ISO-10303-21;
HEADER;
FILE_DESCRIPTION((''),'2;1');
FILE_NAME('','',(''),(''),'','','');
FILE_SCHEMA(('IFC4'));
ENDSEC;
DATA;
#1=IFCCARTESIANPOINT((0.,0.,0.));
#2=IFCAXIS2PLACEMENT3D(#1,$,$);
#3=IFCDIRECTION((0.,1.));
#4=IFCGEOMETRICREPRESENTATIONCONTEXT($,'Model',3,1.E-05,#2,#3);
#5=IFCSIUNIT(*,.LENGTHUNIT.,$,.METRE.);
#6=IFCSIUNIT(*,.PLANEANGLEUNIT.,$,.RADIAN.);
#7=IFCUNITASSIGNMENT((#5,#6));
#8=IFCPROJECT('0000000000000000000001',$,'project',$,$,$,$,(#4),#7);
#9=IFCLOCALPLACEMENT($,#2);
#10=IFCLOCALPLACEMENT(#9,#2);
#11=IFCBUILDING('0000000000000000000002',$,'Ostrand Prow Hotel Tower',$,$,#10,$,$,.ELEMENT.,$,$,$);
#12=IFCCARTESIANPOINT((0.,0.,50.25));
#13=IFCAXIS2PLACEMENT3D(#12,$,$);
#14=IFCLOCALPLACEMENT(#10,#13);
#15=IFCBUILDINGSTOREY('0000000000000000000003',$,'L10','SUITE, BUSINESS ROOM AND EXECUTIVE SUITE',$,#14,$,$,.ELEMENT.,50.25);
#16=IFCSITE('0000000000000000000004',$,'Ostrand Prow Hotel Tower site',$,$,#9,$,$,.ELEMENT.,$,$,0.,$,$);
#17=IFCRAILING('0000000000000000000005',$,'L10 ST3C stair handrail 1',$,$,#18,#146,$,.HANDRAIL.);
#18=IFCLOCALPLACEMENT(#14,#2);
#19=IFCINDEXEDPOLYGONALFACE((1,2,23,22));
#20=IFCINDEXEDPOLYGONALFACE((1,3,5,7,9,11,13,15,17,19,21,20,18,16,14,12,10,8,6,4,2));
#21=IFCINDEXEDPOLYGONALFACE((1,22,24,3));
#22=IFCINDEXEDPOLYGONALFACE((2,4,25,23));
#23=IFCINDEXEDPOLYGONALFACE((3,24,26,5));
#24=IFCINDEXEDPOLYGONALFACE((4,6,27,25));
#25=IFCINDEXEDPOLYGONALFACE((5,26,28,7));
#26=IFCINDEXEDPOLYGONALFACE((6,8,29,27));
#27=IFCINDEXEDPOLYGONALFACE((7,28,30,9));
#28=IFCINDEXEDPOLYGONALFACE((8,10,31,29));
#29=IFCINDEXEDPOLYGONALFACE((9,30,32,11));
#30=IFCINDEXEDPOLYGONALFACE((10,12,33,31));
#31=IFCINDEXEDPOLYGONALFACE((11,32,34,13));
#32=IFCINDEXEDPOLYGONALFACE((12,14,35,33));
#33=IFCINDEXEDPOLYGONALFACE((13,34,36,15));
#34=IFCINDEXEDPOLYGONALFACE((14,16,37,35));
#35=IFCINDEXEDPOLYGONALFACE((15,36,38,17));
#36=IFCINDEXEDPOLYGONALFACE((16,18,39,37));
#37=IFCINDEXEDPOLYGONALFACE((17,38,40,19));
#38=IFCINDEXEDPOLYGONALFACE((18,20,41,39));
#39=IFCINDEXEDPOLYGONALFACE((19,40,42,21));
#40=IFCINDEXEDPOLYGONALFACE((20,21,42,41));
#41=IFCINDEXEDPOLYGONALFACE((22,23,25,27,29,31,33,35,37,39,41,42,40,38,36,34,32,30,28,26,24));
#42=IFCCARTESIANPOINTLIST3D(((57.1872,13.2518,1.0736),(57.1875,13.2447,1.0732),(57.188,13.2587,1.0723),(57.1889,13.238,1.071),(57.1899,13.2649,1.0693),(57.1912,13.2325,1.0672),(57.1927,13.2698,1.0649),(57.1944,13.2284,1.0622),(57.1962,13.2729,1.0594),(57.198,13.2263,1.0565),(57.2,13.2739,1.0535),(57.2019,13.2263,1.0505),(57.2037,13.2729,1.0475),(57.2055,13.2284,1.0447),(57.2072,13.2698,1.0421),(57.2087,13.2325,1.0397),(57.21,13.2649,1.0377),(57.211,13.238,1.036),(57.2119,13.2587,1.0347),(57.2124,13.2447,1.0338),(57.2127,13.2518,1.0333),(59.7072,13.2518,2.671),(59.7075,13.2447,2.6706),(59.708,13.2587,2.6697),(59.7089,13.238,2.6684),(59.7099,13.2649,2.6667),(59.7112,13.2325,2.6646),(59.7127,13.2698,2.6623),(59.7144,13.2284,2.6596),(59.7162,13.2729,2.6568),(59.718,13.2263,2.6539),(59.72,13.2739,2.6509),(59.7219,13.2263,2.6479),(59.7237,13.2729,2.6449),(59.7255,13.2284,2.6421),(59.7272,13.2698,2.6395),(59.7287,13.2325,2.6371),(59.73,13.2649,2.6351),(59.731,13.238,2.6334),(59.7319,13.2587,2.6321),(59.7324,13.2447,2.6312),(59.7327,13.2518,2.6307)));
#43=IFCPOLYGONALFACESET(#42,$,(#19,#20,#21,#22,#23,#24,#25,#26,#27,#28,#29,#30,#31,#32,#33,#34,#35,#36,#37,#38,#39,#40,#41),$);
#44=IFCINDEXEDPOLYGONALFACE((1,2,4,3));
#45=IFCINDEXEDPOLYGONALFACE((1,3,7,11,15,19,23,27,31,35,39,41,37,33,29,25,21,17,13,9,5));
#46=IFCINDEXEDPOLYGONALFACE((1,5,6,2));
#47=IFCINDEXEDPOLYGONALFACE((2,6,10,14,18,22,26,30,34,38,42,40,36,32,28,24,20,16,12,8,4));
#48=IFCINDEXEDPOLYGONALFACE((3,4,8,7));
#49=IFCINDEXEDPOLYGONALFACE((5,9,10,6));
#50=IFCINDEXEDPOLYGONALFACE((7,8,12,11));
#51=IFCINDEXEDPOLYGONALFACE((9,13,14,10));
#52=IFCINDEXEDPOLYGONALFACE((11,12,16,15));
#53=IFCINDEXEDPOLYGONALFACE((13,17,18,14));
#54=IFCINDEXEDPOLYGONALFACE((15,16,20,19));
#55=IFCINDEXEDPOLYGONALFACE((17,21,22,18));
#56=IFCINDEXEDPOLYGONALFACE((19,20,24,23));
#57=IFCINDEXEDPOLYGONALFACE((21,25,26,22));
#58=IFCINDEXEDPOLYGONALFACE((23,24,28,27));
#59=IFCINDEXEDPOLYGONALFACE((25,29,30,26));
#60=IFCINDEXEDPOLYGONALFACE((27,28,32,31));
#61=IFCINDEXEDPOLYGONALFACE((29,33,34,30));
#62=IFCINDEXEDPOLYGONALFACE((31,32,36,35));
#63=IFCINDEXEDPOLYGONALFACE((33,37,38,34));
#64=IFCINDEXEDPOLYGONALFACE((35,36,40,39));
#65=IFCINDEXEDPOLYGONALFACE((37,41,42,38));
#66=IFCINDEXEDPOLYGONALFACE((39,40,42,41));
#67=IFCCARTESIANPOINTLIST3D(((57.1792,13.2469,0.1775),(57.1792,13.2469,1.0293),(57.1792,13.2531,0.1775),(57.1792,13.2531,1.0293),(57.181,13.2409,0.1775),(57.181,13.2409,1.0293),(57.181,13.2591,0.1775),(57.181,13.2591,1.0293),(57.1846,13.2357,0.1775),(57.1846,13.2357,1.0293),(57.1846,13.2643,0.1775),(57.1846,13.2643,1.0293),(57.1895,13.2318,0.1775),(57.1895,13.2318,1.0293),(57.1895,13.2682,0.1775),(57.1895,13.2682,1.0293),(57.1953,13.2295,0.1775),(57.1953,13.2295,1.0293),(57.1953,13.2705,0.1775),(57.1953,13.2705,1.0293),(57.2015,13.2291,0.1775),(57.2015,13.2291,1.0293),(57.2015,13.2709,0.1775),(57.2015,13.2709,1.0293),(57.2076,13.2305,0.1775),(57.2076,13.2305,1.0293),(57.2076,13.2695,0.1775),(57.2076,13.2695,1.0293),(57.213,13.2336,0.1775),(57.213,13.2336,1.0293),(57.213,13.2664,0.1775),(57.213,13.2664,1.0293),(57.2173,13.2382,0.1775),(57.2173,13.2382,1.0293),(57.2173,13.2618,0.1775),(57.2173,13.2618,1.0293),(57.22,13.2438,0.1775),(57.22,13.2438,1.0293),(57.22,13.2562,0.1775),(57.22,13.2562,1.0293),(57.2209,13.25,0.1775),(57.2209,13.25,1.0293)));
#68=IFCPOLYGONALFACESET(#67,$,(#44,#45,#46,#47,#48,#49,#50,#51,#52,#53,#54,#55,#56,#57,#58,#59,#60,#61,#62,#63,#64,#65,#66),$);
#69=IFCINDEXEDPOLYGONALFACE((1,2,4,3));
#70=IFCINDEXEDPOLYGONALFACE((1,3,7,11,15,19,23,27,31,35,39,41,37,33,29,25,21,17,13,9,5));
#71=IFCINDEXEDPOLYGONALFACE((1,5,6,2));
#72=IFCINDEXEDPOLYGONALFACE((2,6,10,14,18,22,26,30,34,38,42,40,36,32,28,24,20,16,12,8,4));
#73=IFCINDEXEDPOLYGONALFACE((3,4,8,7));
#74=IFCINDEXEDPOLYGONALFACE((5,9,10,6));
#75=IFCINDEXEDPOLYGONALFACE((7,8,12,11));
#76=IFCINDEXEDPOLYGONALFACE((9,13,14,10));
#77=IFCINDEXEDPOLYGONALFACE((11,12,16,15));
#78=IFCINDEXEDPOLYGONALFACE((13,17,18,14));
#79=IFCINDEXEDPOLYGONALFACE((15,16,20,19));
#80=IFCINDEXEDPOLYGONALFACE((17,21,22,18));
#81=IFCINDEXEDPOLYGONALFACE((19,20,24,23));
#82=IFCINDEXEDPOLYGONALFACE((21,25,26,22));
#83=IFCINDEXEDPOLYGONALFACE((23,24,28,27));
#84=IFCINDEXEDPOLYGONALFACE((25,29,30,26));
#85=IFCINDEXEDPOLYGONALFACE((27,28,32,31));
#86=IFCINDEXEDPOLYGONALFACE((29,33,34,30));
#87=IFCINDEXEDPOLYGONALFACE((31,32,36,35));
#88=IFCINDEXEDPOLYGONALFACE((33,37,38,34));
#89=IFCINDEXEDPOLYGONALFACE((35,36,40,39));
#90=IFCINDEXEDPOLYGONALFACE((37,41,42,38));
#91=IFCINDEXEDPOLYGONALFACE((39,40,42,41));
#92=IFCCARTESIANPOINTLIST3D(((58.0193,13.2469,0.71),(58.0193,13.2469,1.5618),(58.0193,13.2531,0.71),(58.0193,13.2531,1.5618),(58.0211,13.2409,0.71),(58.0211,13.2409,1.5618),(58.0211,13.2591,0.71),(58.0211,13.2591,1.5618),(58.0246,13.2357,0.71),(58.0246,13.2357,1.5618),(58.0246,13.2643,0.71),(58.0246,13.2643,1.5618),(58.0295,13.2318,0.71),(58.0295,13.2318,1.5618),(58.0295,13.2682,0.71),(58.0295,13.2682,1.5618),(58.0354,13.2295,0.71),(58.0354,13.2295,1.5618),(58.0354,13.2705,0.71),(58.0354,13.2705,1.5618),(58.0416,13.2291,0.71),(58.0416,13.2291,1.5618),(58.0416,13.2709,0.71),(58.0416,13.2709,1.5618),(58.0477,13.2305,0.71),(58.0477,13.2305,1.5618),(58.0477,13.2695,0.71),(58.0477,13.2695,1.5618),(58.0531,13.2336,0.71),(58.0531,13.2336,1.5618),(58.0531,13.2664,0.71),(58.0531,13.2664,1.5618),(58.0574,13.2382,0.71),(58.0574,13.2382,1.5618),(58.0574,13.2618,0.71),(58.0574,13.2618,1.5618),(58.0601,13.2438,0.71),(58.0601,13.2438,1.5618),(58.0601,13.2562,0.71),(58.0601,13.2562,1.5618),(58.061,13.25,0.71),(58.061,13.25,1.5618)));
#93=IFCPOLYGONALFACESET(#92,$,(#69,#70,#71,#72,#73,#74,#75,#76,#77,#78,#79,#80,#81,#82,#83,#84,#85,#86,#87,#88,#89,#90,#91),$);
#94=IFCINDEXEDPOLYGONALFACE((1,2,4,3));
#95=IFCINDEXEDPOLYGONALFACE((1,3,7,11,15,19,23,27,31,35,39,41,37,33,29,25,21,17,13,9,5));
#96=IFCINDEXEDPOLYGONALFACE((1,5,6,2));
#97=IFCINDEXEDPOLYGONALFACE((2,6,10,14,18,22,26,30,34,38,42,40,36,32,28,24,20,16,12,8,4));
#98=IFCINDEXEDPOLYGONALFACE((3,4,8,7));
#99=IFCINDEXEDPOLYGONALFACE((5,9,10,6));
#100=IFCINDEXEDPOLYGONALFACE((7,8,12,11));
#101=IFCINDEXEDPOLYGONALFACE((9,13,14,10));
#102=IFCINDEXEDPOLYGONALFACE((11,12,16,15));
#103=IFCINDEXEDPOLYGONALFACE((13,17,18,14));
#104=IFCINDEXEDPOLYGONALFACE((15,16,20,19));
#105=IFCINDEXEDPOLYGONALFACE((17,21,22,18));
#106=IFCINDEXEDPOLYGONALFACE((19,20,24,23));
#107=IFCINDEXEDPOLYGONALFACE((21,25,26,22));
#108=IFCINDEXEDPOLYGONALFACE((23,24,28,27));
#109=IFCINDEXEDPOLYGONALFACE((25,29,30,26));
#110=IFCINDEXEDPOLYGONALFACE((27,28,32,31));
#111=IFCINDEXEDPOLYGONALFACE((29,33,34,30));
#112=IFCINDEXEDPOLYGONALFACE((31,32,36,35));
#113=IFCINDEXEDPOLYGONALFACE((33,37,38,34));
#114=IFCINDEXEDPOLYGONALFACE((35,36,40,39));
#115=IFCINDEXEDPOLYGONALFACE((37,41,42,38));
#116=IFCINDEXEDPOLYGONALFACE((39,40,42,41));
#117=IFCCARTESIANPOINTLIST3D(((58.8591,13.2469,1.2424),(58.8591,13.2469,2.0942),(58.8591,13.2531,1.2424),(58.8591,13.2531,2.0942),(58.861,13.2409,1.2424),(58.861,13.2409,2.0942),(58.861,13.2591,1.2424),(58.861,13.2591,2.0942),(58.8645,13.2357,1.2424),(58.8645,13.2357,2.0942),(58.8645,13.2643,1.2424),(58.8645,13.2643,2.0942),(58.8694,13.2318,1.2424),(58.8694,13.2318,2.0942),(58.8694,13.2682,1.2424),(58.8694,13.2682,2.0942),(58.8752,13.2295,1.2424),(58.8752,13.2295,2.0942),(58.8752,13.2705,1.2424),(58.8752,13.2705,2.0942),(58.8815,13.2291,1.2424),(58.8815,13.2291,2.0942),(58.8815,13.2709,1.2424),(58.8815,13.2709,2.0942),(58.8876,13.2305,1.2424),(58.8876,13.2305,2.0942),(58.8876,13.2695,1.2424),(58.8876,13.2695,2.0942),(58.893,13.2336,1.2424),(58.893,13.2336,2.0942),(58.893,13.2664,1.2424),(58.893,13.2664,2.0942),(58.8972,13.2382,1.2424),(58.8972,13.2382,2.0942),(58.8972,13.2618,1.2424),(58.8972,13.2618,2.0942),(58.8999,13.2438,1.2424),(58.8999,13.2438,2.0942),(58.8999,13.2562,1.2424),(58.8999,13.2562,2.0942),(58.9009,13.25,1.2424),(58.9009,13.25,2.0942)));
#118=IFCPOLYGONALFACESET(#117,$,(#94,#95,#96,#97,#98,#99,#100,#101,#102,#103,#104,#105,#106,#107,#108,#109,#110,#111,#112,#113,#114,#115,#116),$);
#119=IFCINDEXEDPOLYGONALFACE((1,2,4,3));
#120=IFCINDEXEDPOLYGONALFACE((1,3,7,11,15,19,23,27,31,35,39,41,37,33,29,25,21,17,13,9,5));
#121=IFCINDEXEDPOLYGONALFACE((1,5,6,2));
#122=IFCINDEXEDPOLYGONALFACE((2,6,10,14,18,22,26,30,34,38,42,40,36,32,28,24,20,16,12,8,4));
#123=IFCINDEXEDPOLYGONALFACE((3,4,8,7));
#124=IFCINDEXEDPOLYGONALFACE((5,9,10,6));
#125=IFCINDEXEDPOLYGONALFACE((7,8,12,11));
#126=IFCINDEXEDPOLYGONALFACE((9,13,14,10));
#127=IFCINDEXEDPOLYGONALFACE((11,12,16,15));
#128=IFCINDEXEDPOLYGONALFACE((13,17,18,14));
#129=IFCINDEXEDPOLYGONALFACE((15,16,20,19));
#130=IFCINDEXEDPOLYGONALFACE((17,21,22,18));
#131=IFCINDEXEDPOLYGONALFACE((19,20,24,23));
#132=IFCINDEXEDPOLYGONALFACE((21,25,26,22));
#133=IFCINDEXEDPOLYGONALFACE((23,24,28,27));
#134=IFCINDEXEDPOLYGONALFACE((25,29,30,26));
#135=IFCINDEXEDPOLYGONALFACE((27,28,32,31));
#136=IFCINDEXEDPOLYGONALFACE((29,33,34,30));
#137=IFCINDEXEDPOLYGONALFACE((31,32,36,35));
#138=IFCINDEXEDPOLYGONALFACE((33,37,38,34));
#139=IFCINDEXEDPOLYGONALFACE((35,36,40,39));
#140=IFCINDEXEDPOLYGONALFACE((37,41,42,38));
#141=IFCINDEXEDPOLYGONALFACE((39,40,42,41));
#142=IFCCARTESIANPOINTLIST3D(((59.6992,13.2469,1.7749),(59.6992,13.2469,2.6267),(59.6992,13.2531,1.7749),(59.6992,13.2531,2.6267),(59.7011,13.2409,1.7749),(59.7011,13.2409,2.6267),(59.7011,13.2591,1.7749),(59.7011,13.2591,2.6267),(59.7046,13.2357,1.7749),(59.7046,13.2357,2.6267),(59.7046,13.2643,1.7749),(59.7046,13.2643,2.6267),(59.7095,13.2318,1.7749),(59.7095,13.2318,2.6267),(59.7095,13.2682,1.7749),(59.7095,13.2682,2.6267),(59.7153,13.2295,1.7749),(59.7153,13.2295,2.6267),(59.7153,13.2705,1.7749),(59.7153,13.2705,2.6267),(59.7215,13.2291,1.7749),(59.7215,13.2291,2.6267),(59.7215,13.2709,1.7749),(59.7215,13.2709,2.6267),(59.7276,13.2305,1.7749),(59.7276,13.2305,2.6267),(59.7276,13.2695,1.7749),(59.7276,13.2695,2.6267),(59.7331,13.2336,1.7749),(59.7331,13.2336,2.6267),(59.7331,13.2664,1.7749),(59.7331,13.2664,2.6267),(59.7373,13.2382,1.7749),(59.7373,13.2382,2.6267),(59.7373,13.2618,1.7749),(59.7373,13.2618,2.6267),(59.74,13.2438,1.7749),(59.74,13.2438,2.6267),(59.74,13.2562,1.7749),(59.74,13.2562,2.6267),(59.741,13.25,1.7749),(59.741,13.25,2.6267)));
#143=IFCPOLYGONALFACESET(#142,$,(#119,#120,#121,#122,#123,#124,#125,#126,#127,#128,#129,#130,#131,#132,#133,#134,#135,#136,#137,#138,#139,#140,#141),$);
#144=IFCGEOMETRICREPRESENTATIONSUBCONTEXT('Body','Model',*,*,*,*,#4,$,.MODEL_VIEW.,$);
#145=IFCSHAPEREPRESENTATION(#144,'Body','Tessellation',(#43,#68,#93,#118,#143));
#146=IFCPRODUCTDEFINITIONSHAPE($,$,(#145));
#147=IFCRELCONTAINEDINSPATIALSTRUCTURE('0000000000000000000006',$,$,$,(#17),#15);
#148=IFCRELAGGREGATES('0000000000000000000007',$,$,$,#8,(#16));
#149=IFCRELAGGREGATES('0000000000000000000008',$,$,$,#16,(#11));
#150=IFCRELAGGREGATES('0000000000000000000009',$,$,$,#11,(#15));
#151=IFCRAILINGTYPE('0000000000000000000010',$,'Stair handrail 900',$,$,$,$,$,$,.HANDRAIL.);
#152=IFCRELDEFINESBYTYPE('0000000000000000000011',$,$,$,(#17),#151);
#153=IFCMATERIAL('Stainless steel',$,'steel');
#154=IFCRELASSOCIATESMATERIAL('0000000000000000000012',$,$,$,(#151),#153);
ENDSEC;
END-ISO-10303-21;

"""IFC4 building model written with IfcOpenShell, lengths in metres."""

from ifc_helpers import new_model, si_unit, direction, frame, origin, origin_2d, place, context, subcontext, project, spatial, circle, extrude, material, type_object, element, save


model = new_model("IFC4")

# Units and contexts
model_context = context("Model", 3, precision=1e-05, world=origin(), true_north=direction((0.0, 1.0)))
body_context = subcontext(model_context, "Body", "Model", "MODEL_VIEW")
ifc_project = project(units=[si_unit("LENGTHUNIT", "METRE"), si_unit("PLANEANGLEUNIT", "RADIAN")], contexts=[model_context])

# Site, building, storey
site_placement = place(None, origin())
site = spatial("IfcSite", under=ifc_project, at=site_placement, Name="Ostrand Prow Hotel Tower site", CompositionType="ELEMENT", RefElevation=0.0)
building_placement = place(site_placement, origin())
building = spatial("IfcBuilding", under=site, at=building_placement, Name="Ostrand Prow Hotel Tower", CompositionType="ELEMENT")
storey_placement = place(building_placement, frame((0.0, 0.0, 50.25)))
storey = spatial("IfcBuildingStorey", under=building, at=storey_placement, Name="L10", Description="SUITE, BUSINESS ROOM AND EXECUTIVE SUITE", CompositionType="ELEMENT", Elevation=50.25)

# Railing
ifc_material_1 = material(Name="Stainless steel", Category="steel")
railing_type_1 = type_object("IfcRailingType", Name="Stair handrail 900", PredefinedType="HANDRAIL", material=ifc_material_1)
railing_1_placement = place(storey_placement, frame((57.2, 13.25, 0.1775)))
element("IfcRailing", 1, at=railing_1_placement, inside=storey, type_object=railing_type_1, Name="L10 ST3C stair handrail 1", PredefinedType="HANDRAIL", context=body_context, shape_type="SweptSolid", body=[
    extrude(circle(Radius=0.0239, at=origin_2d()), frame((0.0, 0.0, 0.876), z_axis=(0.844607, 0.0, 0.535387), x_axis=(0.0, 1.0, 0.0)), (0.0, 0.0, 1.0), 2.9836),
    extrude(circle(Radius=0.021, at=origin_2d()), origin(), (0.0, 0.0, 1.0), 0.8518),
    extrude(circle(Radius=0.021, at=origin_2d()), frame((0.8401, 0.0, 0.5325)), (0.0, 0.0, 1.0), 0.8518),
    extrude(circle(Radius=0.021, at=origin_2d()), frame((1.6799, 0.0, 1.0649)), (0.0, 0.0, 1.0), 0.8518),
    extrude(circle(Radius=0.021, at=origin_2d()), frame((2.52, 0.0, 1.5974)), (0.0, 0.0, 1.0), 0.8518),
])

save(model, "model.ifc")
